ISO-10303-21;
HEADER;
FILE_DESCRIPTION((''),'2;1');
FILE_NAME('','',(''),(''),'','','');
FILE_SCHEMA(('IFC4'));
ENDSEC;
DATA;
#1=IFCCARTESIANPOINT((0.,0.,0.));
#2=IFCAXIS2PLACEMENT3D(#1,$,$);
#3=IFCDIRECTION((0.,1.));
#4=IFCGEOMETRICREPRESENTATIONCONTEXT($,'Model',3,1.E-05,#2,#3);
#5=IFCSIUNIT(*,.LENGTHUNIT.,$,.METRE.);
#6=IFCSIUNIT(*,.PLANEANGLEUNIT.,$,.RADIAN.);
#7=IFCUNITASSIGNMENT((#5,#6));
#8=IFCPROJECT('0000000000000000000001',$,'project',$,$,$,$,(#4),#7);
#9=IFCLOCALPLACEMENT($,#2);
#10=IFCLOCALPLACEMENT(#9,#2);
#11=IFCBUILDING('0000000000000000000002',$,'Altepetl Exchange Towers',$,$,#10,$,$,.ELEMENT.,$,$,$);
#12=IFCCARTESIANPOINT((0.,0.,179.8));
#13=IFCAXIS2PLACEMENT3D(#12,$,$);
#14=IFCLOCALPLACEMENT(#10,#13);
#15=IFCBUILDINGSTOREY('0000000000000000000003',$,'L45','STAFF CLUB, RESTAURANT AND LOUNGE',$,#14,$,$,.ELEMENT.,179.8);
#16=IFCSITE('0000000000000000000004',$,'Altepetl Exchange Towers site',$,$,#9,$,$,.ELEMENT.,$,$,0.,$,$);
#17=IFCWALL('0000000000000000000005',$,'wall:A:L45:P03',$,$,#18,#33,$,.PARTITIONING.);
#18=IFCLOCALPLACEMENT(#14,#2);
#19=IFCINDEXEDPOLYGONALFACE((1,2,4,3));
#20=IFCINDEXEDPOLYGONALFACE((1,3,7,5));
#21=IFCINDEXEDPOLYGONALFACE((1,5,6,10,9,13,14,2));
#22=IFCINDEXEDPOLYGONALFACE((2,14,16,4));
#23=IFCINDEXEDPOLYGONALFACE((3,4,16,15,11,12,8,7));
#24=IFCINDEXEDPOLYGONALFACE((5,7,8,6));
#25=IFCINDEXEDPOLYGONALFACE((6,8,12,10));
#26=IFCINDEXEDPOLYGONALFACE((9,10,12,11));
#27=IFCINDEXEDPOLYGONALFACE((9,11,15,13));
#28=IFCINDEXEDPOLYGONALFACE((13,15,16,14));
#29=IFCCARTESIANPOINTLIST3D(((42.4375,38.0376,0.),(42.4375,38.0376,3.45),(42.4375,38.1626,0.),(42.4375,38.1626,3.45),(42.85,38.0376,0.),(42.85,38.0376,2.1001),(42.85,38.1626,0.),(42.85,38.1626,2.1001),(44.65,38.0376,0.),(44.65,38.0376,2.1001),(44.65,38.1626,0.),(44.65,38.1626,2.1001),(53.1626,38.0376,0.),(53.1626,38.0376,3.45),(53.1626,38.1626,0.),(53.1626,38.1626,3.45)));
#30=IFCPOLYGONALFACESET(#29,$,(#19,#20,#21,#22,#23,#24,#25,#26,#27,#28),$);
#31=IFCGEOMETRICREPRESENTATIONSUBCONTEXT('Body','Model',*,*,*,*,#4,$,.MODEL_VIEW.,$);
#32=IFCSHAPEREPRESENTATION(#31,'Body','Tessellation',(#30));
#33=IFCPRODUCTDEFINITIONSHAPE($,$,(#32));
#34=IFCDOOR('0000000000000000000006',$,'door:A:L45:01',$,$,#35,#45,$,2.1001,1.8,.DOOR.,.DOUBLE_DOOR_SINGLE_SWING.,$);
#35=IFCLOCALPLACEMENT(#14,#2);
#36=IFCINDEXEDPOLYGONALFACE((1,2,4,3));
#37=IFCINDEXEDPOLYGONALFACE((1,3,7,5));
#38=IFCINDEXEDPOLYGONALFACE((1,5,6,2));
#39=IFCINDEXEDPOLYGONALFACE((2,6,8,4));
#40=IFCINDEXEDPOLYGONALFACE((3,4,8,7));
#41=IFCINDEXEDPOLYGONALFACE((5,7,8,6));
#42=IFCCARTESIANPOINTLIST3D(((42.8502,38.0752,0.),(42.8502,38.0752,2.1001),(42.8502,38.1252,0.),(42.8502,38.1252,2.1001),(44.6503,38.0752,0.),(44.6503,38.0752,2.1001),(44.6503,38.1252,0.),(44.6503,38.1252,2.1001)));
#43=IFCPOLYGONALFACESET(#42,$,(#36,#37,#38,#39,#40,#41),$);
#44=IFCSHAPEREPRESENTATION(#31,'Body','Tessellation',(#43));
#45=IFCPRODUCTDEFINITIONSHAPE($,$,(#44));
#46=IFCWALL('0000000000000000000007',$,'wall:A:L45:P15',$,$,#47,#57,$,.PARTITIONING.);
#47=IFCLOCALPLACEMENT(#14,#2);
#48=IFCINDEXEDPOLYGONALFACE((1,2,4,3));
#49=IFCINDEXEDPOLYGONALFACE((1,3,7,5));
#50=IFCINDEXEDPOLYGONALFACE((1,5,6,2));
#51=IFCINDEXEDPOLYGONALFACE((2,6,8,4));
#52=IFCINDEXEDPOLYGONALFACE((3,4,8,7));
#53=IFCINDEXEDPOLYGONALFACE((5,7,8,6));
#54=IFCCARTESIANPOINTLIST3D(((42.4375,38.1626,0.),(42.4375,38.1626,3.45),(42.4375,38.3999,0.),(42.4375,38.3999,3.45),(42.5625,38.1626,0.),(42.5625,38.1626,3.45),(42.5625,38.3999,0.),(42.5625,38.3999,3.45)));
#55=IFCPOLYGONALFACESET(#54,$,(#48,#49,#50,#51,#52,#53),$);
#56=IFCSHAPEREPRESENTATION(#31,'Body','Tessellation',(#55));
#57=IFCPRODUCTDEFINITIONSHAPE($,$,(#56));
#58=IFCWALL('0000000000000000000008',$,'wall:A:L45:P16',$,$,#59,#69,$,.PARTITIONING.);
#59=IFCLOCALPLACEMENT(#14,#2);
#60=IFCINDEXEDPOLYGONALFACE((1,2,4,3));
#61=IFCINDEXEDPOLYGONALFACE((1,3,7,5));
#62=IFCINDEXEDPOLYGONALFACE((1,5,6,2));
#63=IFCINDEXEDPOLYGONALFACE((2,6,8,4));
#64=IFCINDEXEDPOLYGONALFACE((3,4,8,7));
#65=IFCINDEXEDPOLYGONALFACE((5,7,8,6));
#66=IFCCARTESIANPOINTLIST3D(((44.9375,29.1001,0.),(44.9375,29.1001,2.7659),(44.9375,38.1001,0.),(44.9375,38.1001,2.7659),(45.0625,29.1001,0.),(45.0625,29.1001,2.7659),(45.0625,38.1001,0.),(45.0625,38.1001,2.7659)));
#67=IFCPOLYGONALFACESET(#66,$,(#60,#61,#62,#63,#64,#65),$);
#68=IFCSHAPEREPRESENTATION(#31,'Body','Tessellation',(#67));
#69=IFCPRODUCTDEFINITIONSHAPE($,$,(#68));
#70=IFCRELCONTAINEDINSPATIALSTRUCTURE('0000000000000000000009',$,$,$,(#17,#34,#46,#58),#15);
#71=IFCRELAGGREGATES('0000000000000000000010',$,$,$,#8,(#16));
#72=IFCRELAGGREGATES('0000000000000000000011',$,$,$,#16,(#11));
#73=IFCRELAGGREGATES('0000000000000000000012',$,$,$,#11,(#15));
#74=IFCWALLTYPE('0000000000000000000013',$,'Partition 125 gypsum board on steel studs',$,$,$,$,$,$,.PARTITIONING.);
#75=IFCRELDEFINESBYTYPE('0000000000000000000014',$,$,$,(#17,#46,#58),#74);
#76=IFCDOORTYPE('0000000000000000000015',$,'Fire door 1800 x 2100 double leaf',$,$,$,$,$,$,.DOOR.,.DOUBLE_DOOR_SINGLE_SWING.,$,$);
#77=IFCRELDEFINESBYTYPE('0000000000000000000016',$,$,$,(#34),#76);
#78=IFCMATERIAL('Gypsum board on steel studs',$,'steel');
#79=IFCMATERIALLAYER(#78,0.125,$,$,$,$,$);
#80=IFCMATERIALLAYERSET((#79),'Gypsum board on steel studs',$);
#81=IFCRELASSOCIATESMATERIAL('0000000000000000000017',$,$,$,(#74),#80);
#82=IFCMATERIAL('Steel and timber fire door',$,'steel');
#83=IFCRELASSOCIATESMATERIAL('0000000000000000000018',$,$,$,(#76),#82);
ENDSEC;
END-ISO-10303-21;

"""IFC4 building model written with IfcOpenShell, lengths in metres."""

from ifc_helpers import new_model, si_unit, direction, frame, frame_2d, origin, place, context, subcontext, project, spatial, rectangle, extrude, material, layer, layer_set, type_object, element, fill, save


model = new_model("IFC4")

# Units and contexts
model_context = context("Model", 3, precision=1e-05, world=origin(), true_north=direction((0.0, 1.0)))
body_context = subcontext(model_context, "Body", "Model", "MODEL_VIEW")
ifc_project = project(units=[si_unit("LENGTHUNIT", "METRE"), si_unit("PLANEANGLEUNIT", "RADIAN")], contexts=[model_context])

# Site, building, storey
site_placement = place(None, origin())
site = spatial("IfcSite", under=ifc_project, at=site_placement, Name="Altepetl Exchange Towers site", CompositionType="ELEMENT", RefElevation=0.0)
building_placement = place(site_placement, origin())
building = spatial("IfcBuilding", under=site, at=building_placement, Name="Altepetl Exchange Towers", CompositionType="ELEMENT")
storey_placement = place(building_placement, frame((0.0, 0.0, 179.8)))
storey = spatial("IfcBuildingStorey", under=building, at=storey_placement, Name="L45", Description="STAFF CLUB, RESTAURANT AND LOUNGE", CompositionType="ELEMENT", Elevation=179.8)

# Wall, opening, door
ifc_material_1 = material(Name="Gypsum board on steel studs", Category="steel")
ifc_layer_1 = layer(ifc_material_1, 0.125)
ifc_layer_set_1 = layer_set([ifc_layer_1], Name="Gypsum board on steel studs")
wall_type_1 = type_object("IfcWallType", Name="Partition 125 gypsum board on steel studs", PredefinedType="PARTITIONING", material=ifc_layer_set_1)
wall_1_placement = place(storey_placement, frame((42.4375, 38.1001, 0.0)))
wall_1 = element("IfcWall", 1, at=wall_1_placement, inside=storey, type_object=wall_type_1, Name="wall:A:L45:P03", PredefinedType="PARTITIONING", context=body_context, shape_type="SweptSolid", body=[
    extrude(rectangle(XDim=10.7251, YDim=0.125, at=frame_2d((5.3625, 0.0))), origin(), (0.0, 0.0, 1.0), 3.45),
])
opening_1_placement = place(wall_1_placement, frame((0.4126, 0.0, 0.0)))
opening_1 = element("IfcOpeningElement", 2, at=opening_1_placement, cuts=wall_1, PredefinedType="OPENING", context=body_context, shape_type="SweptSolid", body=[
    extrude(rectangle(XDim=1.8, YDim=2.1001, at=frame_2d((0.8999, 1.05))), frame((0.0, 0.0725, 0.0), z_axis=(0.0, -1.0, 0.0), x_axis=(1.0, 0.0, 0.0)), (0.0, 0.0, 1.0), 0.145),
])
ifc_material_2 = material(Name="Steel and timber fire door", Category="steel")
door_type_1 = type_object("IfcDoorType", Name="Fire door 1800 x 2100 double leaf", OperationType="DOUBLE_DOOR_SINGLE_SWING", PredefinedType="DOOR", material=ifc_material_2)
door_1_placement = place(opening_1_placement, frame((1.8, 0.0, 0.0), x_axis=(-1.0, 0.0, 0.0)))
door_1 = element("IfcDoor", 3, at=door_1_placement, inside=storey, type_object=door_type_1, Name="door:A:L45:01", OperationType="DOUBLE_DOOR_SINGLE_SWING", OverallHeight=2.1001, OverallWidth=1.8, PredefinedType="DOOR", context=body_context, shape_type="SweptSolid", body=[
    extrude(rectangle(XDim=1.8, YDim=2.1001, at=frame_2d((0.8999, 1.05))), frame((0.0, 0.0249, 0.0), z_axis=(0.0, -1.0, 0.0), x_axis=(1.0, 0.0, 0.0)), (0.0, 0.0, 1.0), 0.05),
])
fill(opening_1, door_1)

# Walls
wall_2_placement = place(storey_placement, frame((42.5, 38.1626, 0.0), z_axis=(0.0, 0.0, 1.0), x_axis=(0.0, 1.0, 0.0)))
element("IfcWall", 4, at=wall_2_placement, inside=storey, type_object=wall_type_1, Name="wall:A:L45:P15", PredefinedType="PARTITIONING", context=body_context, shape_type="SweptSolid", body=[
    extrude(rectangle(XDim=0.2373, YDim=0.125, at=frame_2d((0.1187, 0.0))), origin(), (0.0, 0.0, 1.0), 3.45),
])
wall_3_placement = place(storey_placement, frame((45.0, 29.1001, 0.0), z_axis=(0.0, 0.0, 1.0), x_axis=(0.0, 1.0, 0.0)))
element("IfcWall", 5, at=wall_3_placement, inside=storey, type_object=wall_type_1, Name="wall:A:L45:P16", PredefinedType="PARTITIONING", context=body_context, shape_type="SweptSolid", body=[
    extrude(rectangle(XDim=9.0, YDim=0.125, at=frame_2d((4.5, 0.0))), origin(), (0.0, 0.0, 1.0), 2.7659),
])

save(model, "model.ifc")
